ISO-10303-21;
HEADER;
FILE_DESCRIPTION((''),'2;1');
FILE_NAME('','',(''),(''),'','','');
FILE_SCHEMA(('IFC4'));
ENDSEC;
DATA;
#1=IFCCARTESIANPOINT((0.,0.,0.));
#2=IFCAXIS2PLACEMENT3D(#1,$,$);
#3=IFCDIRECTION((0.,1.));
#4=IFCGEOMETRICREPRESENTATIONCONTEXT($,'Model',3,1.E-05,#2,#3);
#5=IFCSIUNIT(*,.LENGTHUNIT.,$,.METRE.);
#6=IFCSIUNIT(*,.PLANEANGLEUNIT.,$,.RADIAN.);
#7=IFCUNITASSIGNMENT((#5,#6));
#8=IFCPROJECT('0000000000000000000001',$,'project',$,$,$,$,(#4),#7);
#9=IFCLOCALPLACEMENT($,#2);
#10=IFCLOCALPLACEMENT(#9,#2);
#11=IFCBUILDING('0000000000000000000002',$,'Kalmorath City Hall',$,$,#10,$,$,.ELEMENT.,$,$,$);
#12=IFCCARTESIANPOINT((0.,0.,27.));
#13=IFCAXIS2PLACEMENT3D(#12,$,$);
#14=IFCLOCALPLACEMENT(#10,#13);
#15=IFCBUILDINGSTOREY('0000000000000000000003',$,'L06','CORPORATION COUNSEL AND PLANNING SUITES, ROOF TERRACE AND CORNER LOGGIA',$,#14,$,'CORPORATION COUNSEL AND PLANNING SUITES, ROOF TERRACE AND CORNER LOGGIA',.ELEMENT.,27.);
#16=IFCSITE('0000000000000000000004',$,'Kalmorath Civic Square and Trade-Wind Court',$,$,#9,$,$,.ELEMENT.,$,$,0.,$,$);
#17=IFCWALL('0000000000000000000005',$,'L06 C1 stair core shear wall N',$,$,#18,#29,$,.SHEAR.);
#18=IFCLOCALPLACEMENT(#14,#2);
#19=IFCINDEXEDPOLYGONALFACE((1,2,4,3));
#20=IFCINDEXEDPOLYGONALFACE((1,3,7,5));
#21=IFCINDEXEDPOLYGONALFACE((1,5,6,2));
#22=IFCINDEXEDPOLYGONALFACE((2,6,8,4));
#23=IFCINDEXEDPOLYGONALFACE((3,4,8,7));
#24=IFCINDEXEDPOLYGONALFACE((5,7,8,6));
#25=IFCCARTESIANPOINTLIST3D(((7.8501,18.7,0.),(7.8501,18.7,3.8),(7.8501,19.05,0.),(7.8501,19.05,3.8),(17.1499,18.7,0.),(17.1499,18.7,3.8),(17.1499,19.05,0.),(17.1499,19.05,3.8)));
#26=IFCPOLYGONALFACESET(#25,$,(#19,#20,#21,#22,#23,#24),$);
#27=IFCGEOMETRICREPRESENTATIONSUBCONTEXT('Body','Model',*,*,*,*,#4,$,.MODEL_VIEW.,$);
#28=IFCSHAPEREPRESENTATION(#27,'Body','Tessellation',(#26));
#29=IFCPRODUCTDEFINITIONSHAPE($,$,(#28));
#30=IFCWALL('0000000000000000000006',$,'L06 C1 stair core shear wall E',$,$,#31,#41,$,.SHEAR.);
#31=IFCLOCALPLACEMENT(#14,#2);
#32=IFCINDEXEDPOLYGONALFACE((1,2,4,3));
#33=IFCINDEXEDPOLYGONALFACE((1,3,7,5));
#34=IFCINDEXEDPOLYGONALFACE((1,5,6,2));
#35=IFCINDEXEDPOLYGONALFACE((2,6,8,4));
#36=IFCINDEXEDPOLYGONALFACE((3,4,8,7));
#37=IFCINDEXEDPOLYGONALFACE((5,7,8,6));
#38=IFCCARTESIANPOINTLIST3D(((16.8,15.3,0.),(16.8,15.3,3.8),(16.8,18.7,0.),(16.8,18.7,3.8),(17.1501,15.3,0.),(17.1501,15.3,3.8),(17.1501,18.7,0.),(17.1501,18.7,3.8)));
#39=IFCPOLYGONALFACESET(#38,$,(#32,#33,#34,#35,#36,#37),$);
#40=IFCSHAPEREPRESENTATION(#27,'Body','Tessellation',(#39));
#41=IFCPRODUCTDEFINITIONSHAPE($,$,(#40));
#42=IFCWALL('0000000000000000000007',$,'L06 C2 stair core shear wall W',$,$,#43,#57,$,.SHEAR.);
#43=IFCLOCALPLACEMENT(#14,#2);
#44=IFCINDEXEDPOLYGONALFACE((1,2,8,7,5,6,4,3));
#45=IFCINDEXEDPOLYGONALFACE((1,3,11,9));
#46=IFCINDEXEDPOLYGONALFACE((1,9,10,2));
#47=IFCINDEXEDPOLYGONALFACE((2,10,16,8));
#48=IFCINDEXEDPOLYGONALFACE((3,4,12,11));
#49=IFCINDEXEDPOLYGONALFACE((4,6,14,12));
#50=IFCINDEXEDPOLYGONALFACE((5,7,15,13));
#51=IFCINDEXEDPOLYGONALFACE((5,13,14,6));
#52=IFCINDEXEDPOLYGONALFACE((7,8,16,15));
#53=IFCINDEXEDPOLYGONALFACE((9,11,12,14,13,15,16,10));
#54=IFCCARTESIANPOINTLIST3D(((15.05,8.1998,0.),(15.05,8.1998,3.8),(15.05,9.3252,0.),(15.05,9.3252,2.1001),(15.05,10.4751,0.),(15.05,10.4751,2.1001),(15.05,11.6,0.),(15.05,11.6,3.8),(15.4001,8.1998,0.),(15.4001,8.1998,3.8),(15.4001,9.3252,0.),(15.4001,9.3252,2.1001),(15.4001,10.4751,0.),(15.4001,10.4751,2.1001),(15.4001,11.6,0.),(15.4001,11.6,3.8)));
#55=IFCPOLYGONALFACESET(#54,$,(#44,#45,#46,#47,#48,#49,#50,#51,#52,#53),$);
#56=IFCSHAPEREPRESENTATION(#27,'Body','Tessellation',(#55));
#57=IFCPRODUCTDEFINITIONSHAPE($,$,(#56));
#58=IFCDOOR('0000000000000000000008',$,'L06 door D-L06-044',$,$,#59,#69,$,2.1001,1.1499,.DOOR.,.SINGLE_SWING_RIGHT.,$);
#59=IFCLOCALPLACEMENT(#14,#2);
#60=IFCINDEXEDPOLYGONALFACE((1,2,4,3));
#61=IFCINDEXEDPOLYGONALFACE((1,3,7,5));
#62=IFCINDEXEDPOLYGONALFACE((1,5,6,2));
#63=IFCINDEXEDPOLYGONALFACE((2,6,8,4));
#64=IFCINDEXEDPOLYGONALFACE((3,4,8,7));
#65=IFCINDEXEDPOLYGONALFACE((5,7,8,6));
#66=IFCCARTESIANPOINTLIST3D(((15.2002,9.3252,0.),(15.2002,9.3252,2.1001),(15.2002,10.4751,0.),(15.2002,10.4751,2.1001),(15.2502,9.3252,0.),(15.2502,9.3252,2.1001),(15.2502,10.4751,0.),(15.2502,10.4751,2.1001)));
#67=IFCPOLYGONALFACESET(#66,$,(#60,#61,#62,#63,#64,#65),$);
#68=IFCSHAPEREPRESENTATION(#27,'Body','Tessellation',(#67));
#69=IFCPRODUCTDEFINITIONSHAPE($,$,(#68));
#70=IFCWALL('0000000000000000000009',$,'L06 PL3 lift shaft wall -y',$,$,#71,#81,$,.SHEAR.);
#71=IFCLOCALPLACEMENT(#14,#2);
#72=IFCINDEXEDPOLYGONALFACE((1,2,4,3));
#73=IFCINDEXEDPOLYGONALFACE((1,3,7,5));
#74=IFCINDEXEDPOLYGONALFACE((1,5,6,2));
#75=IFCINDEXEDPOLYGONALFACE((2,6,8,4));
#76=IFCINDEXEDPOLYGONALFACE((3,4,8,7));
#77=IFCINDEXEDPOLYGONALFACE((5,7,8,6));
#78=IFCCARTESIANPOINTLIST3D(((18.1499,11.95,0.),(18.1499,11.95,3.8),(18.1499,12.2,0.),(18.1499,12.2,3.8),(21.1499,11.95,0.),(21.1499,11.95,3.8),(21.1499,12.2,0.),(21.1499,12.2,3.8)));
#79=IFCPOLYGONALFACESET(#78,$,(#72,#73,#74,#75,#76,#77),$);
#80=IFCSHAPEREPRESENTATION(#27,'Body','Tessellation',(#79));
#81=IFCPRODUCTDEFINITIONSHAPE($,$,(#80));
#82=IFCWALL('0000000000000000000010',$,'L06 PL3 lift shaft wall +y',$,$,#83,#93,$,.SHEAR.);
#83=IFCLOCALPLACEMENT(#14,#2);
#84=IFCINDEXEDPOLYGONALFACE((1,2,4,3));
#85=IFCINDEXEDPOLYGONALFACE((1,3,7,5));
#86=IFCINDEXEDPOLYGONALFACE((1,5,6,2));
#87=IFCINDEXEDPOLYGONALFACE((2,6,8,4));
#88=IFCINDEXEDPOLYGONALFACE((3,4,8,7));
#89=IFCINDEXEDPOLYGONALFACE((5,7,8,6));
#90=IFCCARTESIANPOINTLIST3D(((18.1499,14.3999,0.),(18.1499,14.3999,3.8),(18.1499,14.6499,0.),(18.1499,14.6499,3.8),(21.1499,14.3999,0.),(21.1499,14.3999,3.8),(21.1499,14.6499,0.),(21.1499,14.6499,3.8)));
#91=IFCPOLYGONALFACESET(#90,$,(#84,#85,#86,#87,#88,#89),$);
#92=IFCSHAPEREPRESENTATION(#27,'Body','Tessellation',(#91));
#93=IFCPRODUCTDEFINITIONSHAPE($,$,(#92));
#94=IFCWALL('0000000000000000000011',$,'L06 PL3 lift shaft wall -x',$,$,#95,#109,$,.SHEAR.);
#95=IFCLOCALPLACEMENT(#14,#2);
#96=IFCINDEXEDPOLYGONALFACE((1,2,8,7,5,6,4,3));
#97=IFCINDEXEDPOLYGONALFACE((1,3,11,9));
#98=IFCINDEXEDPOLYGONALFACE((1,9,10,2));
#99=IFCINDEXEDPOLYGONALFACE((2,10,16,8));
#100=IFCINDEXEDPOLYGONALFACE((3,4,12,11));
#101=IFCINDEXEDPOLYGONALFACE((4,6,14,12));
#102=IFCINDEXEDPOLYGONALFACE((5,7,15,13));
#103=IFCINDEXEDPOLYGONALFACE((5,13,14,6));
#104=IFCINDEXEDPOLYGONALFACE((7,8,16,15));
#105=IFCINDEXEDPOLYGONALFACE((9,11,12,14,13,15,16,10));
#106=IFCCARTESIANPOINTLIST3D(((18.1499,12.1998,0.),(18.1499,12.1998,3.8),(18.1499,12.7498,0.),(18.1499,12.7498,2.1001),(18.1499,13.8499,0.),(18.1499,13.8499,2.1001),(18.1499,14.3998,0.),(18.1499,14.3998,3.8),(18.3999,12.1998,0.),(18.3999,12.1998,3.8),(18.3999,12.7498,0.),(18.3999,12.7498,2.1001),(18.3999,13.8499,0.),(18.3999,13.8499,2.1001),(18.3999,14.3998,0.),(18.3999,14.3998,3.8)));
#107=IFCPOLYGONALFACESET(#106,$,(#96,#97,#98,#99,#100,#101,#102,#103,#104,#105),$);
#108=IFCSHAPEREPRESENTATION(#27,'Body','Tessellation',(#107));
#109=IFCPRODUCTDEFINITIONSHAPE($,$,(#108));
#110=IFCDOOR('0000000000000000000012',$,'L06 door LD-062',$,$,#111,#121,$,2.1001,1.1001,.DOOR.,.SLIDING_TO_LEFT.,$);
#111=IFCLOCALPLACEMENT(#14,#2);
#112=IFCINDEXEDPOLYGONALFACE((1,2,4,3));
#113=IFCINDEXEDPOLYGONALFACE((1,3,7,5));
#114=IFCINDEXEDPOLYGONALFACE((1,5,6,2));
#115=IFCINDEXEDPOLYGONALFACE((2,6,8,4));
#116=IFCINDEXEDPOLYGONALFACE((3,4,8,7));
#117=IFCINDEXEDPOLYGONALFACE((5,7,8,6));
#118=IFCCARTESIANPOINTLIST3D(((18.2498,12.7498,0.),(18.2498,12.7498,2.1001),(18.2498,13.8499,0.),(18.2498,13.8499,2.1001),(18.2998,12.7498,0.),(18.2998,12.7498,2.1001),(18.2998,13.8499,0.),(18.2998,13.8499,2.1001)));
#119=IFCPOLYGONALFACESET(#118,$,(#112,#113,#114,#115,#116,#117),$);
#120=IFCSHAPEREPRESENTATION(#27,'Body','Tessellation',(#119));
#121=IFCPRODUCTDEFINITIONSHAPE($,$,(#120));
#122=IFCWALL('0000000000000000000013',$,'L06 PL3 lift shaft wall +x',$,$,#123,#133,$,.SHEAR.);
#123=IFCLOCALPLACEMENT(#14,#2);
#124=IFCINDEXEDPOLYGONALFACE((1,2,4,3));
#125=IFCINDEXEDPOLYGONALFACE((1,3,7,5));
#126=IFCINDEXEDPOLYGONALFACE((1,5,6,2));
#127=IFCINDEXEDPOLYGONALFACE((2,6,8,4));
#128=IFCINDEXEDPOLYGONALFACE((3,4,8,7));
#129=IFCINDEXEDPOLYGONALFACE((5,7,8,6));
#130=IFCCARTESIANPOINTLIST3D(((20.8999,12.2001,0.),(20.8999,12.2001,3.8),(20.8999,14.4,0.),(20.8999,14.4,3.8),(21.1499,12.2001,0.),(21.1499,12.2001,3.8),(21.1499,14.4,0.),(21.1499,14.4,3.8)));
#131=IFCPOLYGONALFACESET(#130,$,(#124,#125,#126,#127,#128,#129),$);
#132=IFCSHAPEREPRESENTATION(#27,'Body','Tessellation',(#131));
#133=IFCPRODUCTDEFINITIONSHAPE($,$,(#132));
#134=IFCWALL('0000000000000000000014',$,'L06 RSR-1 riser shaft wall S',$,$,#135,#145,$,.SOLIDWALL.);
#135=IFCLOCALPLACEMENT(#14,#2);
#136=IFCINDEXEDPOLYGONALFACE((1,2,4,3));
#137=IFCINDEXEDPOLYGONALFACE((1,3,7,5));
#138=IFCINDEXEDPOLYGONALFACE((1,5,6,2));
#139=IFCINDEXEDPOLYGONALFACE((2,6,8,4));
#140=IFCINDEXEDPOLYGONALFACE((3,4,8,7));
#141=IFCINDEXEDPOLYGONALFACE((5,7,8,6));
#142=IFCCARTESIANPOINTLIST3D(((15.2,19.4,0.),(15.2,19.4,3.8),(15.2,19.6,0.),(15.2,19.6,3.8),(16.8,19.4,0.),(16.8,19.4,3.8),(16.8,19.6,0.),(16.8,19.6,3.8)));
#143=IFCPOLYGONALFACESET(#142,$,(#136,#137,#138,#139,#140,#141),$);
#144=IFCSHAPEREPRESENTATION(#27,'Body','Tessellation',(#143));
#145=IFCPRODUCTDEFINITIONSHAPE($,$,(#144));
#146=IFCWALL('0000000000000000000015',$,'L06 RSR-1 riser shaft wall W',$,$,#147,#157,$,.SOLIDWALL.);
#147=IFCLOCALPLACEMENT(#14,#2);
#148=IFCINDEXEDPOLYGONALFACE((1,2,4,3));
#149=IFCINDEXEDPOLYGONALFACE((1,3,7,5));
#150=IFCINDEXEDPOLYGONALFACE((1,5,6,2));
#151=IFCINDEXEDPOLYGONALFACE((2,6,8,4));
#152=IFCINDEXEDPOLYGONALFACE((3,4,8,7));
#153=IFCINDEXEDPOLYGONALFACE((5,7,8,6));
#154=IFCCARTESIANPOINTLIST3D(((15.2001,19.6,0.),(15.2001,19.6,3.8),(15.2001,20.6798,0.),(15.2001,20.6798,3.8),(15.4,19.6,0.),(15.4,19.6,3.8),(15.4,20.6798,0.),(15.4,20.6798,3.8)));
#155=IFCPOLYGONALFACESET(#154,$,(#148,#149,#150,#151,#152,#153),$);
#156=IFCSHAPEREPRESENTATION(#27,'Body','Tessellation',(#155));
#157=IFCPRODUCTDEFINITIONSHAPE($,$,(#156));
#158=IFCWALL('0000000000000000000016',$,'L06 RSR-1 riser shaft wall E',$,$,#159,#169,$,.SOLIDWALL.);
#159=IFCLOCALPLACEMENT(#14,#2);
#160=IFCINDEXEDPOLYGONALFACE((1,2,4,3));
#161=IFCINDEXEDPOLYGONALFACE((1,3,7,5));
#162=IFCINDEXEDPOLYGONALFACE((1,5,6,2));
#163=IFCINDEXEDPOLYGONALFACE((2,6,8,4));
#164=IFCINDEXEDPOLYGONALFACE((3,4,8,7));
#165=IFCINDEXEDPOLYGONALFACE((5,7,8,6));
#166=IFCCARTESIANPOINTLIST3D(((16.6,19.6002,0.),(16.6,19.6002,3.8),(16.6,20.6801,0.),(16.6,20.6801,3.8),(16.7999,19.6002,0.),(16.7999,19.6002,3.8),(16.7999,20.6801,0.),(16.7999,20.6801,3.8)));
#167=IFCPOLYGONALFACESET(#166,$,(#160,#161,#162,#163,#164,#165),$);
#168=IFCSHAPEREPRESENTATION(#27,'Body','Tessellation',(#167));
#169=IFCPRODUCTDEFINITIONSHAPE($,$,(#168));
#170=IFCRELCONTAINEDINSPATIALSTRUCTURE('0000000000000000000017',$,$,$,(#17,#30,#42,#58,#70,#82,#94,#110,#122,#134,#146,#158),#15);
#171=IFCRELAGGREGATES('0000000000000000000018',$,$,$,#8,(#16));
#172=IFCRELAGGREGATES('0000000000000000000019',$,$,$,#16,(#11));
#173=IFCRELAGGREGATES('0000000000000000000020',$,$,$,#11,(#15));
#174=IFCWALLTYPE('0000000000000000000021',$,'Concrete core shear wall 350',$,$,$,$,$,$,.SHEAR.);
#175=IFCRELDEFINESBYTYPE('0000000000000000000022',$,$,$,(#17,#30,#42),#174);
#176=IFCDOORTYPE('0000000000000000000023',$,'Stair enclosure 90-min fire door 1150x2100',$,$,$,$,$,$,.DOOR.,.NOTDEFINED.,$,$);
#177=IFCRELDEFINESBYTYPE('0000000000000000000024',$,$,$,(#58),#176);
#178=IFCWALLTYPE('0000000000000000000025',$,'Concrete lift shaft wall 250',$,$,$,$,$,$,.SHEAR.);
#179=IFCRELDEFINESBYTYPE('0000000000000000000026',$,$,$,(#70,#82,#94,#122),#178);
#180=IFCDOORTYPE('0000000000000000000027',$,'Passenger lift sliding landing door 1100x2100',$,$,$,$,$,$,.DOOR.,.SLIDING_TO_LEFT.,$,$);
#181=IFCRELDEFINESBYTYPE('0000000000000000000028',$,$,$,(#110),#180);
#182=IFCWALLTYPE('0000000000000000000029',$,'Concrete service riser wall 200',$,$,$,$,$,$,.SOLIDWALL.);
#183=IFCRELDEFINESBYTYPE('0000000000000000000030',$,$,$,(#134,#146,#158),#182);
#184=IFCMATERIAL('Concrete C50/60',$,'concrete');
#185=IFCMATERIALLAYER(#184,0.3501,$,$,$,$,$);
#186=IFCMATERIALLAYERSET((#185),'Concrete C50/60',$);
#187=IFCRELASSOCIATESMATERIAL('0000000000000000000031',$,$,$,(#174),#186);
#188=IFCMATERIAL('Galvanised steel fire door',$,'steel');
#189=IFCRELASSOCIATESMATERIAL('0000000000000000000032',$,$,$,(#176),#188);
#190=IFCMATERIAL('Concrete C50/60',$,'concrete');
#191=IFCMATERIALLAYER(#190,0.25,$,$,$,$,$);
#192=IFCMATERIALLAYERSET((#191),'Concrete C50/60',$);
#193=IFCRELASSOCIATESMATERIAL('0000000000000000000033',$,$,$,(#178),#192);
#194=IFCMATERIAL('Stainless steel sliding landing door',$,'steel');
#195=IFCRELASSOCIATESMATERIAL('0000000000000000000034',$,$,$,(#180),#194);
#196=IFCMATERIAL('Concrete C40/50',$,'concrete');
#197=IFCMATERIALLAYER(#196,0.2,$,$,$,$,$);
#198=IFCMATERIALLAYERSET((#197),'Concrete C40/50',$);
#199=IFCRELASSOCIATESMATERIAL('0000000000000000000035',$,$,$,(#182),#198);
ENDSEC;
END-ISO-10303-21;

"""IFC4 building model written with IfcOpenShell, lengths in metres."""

from ifc_helpers import new_model, si_unit, direction, frame, frame_2d, origin, place, context, subcontext, project, spatial, rectangle, extrude, material, layer, layer_set, type_object, element, fill, save


model = new_model("IFC4")

# Units and contexts
model_context = context("Model", 3, precision=1e-05, world=origin(), true_north=direction((0.0, 1.0)))
body_context = subcontext(model_context, "Body", "Model", "MODEL_VIEW")
ifc_project = project(units=[si_unit("LENGTHUNIT", "METRE"), si_unit("PLANEANGLEUNIT", "RADIAN")], contexts=[model_context])

# Site, building, storey
site_placement = place(None, origin())
site = spatial("IfcSite", under=ifc_project, at=site_placement, Name="Kalmorath Civic Square and Trade-Wind Court", CompositionType="ELEMENT", RefElevation=0.0)
building_placement = place(site_placement, origin())
building = spatial("IfcBuilding", under=site, at=building_placement, Name="Kalmorath City Hall", CompositionType="ELEMENT")
storey_placement = place(building_placement, frame((0.0, 0.0, 27.0)))
storey = spatial("IfcBuildingStorey", under=building, at=storey_placement, Name="L06", Description="CORPORATION COUNSEL AND PLANNING SUITES, ROOF TERRACE AND CORNER LOGGIA", LongName="CORPORATION COUNSEL AND PLANNING SUITES, ROOF TERRACE AND CORNER LOGGIA", CompositionType="ELEMENT", Elevation=27.0)

# Walls
ifc_material_1 = material(Name="Concrete C50/60", Category="concrete")
ifc_layer_1 = layer(ifc_material_1, 0.3501)
ifc_layer_set_1 = layer_set([ifc_layer_1], Name="Concrete C50/60")
wall_type_1 = type_object("IfcWallType", Name="Concrete core shear wall 350", PredefinedType="SHEAR", material=ifc_layer_set_1)
wall_1_placement = place(storey_placement, frame((17.1499, 18.875, 0.0), z_axis=(0.0, 0.0, 1.0), x_axis=(-1.0, 0.0, 0.0)))
element("IfcWall", 1, at=wall_1_placement, inside=storey, type_object=wall_type_1, Name="L06 C1 stair core shear wall N", PredefinedType="SHEAR", context=body_context, shape_type="SweptSolid", body=[
    extrude(rectangle(XDim=9.2998, YDim=0.3501, at=frame_2d((4.6499, 0.0))), origin(), (0.0, 0.0, 1.0), 3.8),
])
wall_2_placement = place(storey_placement, frame((16.9751, 15.3, 0.0), z_axis=(0.0, 0.0, 1.0), x_axis=(0.0, 1.0, 0.0)))
element("IfcWall", 2, at=wall_2_placement, inside=storey, type_object=wall_type_1, Name="L06 C1 stair core shear wall E", PredefinedType="SHEAR", context=body_context, shape_type="SweptSolid", body=[
    extrude(rectangle(XDim=3.3999, YDim=0.3501, at=frame_2d((1.7, 0.0))), origin(), (0.0, 0.0, 1.0), 3.8),
])

# Wall, opening, door
wall_3_placement = place(storey_placement, frame((15.2251, 11.6001, 0.0), z_axis=(0.0, 0.0, 1.0), x_axis=(0.0, -1.0, 0.0)))
wall_3 = element("IfcWall", 3, at=wall_3_placement, inside=storey, type_object=wall_type_1, Name="L06 C2 stair core shear wall W", PredefinedType="SHEAR", context=body_context, shape_type="SweptSolid", body=[
    extrude(rectangle(XDim=3.4001, YDim=0.3501, at=frame_2d((1.7002, 0.0))), origin(), (0.0, 0.0, 1.0), 3.8),
])
opening_1_placement = place(wall_3_placement, frame((1.125, 0.0, 0.0)))
opening_1 = element("IfcOpeningElement", 4, at=opening_1_placement, cuts=wall_3, PredefinedType="OPENING", context=body_context, shape_type="SweptSolid", body=[
    extrude(rectangle(XDim=1.1499, YDim=2.1001, at=frame_2d((0.575, 1.05))), frame((0.0, 0.1851, 0.0), z_axis=(0.0, -1.0, 0.0), x_axis=(1.0, 0.0, 0.0)), (0.0, 0.0, 1.0), 0.3701),
])
ifc_material_2 = material(Name="Galvanised steel fire door", Category="steel")
door_type_1 = type_object("IfcDoorType", Name="Stair enclosure 90-min fire door 1150x2100", OperationType="NOTDEFINED", PredefinedType="DOOR", material=ifc_material_2)
door_1_placement = place(opening_1_placement, frame((1.1499, 0.0, 0.0), z_axis=(0.0, 0.0, 1.0), x_axis=(-1.0, 0.0, 0.0)))
door_1 = element("IfcDoor", 5, at=door_1_placement, inside=storey, type_object=door_type_1, Name="L06 door D-L06-044", OperationType="SINGLE_SWING_RIGHT", OverallHeight=2.1001, OverallWidth=1.1499, PredefinedType="DOOR", context=body_context, shape_type="SweptSolid", body=[
    extrude(rectangle(XDim=1.1499, YDim=2.1001, at=frame_2d((0.575, 1.05))), frame((0.0, 0.0249, 0.0), z_axis=(0.0, -1.0, 0.0), x_axis=(1.0, 0.0, 0.0)), (0.0, 0.0, 1.0), 0.05),
])
fill(opening_1, door_1)

# Walls
ifc_material_3 = material(Name="Concrete C50/60", Category="concrete")
ifc_layer_2 = layer(ifc_material_3, 0.25)
ifc_layer_set_2 = layer_set([ifc_layer_2], Name="Concrete C50/60")
wall_type_2 = type_object("IfcWallType", Name="Concrete lift shaft wall 250", PredefinedType="SHEAR", material=ifc_layer_set_2)
for number, where, z_axis, x_axis, name in (
    (6, (18.1499, 12.075, 0.0), (0.0, 0.0, 1.0), (1.0, 0.0, 0.0), "L06 PL3 lift shaft wall -y"),
    (7, (21.1499, 14.5249, 0.0), (0.0, 0.0, 1.0), (-1.0, 0.0, 0.0), "L06 PL3 lift shaft wall +y"),
):
    element("IfcWall", number, at=place(storey_placement, frame(where, z_axis=z_axis, x_axis=x_axis)), inside=storey, type_object=wall_type_2, Name=name, PredefinedType="SHEAR", context=body_context, shape_type="SweptSolid", body=[
        extrude(rectangle(XDim=3.0, YDim=0.25, at=frame_2d((1.5, 0.0))), origin(), (0.0, 0.0, 1.0), 3.8),
    ])

# Wall, opening, door
wall_4_placement = place(storey_placement, frame((18.2749, 14.3999, 0.0), z_axis=(0.0, 0.0, 1.0), x_axis=(0.0, -1.0, 0.0)))
wall_4 = element("IfcWall", 8, at=wall_4_placement, inside=storey, type_object=wall_type_2, Name="L06 PL3 lift shaft wall -x", PredefinedType="SHEAR", context=body_context, shape_type="SweptSolid", body=[
    extrude(rectangle(XDim=2.2, YDim=0.25, at=frame_2d((1.1001, 0.0))), origin(), (0.0, 0.0, 1.0), 3.8),
])
opening_2_placement = place(wall_4_placement, frame((0.55, 0.0, 0.0)))
opening_2 = element("IfcOpeningElement", 9, at=opening_2_placement, cuts=wall_4, PredefinedType="OPENING", context=body_context, shape_type="SweptSolid", body=[
    extrude(rectangle(XDim=1.1001, YDim=2.1001, at=frame_2d((0.55, 1.05))), frame((0.0, 0.135, 0.0), z_axis=(0.0, -1.0, 0.0), x_axis=(1.0, 0.0, 0.0)), (0.0, 0.0, 1.0), 0.27),
])
ifc_material_4 = material(Name="Stainless steel sliding landing door", Category="steel")
door_type_2 = type_object("IfcDoorType", Name="Passenger lift sliding landing door 1100x2100", OperationType="SLIDING_TO_LEFT", PredefinedType="DOOR", material=ifc_material_4)
door_2_placement = place(opening_2_placement, origin())
door_2 = element("IfcDoor", 10, at=door_2_placement, inside=storey, type_object=door_type_2, Name="L06 door LD-062", OperationType="SLIDING_TO_LEFT", OverallHeight=2.1001, OverallWidth=1.1001, PredefinedType="DOOR", context=body_context, shape_type="SweptSolid", body=[
    extrude(rectangle(XDim=1.1001, YDim=2.1001, at=frame_2d((0.55, 1.05))), frame((0.0, 0.0249, 0.0), z_axis=(0.0, -1.0, 0.0), x_axis=(1.0, 0.0, 0.0)), (0.0, 0.0, 1.0), 0.05),
])
fill(opening_2, door_2)

# Walls
wall_5_placement = place(storey_placement, frame((21.0249, 12.2, 0.0), z_axis=(0.0, 0.0, 1.0), x_axis=(0.0, 1.0, 0.0)))
element("IfcWall", 11, at=wall_5_placement, inside=storey, type_object=wall_type_2, Name="L06 PL3 lift shaft wall +x", PredefinedType="SHEAR", context=body_context, shape_type="SweptSolid", body=[
    extrude(rectangle(XDim=2.2, YDim=0.25, at=frame_2d((1.1001, 0.0))), origin(), (0.0, 0.0, 1.0), 3.8),
])
ifc_material_5 = material(Name="Concrete C40/50", Category="concrete")
ifc_layer_3 = layer(ifc_material_5, 0.2)
ifc_layer_set_3 = layer_set([ifc_layer_3], Name="Concrete C40/50")
wall_type_3 = type_object("IfcWallType", Name="Concrete service riser wall 200", PredefinedType="SOLIDWALL", material=ifc_layer_set_3)
wall_6_placement = place(storey_placement, frame((15.2, 19.5, 0.0), z_axis=(0.0, 0.0, 1.0), x_axis=(1.0, 0.0, 0.0)))
element("IfcWall", 12, at=wall_6_placement, inside=storey, type_object=wall_type_3, Name="L06 RSR-1 riser shaft wall S", PredefinedType="SOLIDWALL", context=body_context, shape_type="SweptSolid", body=[
    extrude(rectangle(XDim=1.6001, YDim=0.2, at=frame_2d((0.8, 0.0))), origin(), (0.0, 0.0, 1.0), 3.8),
])
for number, where, z_axis, x_axis, name in (
    (13, (15.3, 20.6799, 0.0), (0.0, 0.0, 1.0), (0.0, -1.0, 0.0), "L06 RSR-1 riser shaft wall W"),
    (14, (16.7, 19.6001, 0.0), (0.0, 0.0, 1.0), (0.0, 1.0, 0.0), "L06 RSR-1 riser shaft wall E"),
):
    element("IfcWall", number, at=place(storey_placement, frame(where, z_axis=z_axis, x_axis=x_axis)), inside=storey, type_object=wall_type_3, Name=name, PredefinedType="SOLIDWALL", context=body_context, shape_type="SweptSolid", body=[
        extrude(rectangle(XDim=1.0798, YDim=0.2, at=frame_2d((0.54, 0.0))), origin(), (0.0, 0.0, 1.0), 3.8),
    ])

save(model, "model.ifc")
